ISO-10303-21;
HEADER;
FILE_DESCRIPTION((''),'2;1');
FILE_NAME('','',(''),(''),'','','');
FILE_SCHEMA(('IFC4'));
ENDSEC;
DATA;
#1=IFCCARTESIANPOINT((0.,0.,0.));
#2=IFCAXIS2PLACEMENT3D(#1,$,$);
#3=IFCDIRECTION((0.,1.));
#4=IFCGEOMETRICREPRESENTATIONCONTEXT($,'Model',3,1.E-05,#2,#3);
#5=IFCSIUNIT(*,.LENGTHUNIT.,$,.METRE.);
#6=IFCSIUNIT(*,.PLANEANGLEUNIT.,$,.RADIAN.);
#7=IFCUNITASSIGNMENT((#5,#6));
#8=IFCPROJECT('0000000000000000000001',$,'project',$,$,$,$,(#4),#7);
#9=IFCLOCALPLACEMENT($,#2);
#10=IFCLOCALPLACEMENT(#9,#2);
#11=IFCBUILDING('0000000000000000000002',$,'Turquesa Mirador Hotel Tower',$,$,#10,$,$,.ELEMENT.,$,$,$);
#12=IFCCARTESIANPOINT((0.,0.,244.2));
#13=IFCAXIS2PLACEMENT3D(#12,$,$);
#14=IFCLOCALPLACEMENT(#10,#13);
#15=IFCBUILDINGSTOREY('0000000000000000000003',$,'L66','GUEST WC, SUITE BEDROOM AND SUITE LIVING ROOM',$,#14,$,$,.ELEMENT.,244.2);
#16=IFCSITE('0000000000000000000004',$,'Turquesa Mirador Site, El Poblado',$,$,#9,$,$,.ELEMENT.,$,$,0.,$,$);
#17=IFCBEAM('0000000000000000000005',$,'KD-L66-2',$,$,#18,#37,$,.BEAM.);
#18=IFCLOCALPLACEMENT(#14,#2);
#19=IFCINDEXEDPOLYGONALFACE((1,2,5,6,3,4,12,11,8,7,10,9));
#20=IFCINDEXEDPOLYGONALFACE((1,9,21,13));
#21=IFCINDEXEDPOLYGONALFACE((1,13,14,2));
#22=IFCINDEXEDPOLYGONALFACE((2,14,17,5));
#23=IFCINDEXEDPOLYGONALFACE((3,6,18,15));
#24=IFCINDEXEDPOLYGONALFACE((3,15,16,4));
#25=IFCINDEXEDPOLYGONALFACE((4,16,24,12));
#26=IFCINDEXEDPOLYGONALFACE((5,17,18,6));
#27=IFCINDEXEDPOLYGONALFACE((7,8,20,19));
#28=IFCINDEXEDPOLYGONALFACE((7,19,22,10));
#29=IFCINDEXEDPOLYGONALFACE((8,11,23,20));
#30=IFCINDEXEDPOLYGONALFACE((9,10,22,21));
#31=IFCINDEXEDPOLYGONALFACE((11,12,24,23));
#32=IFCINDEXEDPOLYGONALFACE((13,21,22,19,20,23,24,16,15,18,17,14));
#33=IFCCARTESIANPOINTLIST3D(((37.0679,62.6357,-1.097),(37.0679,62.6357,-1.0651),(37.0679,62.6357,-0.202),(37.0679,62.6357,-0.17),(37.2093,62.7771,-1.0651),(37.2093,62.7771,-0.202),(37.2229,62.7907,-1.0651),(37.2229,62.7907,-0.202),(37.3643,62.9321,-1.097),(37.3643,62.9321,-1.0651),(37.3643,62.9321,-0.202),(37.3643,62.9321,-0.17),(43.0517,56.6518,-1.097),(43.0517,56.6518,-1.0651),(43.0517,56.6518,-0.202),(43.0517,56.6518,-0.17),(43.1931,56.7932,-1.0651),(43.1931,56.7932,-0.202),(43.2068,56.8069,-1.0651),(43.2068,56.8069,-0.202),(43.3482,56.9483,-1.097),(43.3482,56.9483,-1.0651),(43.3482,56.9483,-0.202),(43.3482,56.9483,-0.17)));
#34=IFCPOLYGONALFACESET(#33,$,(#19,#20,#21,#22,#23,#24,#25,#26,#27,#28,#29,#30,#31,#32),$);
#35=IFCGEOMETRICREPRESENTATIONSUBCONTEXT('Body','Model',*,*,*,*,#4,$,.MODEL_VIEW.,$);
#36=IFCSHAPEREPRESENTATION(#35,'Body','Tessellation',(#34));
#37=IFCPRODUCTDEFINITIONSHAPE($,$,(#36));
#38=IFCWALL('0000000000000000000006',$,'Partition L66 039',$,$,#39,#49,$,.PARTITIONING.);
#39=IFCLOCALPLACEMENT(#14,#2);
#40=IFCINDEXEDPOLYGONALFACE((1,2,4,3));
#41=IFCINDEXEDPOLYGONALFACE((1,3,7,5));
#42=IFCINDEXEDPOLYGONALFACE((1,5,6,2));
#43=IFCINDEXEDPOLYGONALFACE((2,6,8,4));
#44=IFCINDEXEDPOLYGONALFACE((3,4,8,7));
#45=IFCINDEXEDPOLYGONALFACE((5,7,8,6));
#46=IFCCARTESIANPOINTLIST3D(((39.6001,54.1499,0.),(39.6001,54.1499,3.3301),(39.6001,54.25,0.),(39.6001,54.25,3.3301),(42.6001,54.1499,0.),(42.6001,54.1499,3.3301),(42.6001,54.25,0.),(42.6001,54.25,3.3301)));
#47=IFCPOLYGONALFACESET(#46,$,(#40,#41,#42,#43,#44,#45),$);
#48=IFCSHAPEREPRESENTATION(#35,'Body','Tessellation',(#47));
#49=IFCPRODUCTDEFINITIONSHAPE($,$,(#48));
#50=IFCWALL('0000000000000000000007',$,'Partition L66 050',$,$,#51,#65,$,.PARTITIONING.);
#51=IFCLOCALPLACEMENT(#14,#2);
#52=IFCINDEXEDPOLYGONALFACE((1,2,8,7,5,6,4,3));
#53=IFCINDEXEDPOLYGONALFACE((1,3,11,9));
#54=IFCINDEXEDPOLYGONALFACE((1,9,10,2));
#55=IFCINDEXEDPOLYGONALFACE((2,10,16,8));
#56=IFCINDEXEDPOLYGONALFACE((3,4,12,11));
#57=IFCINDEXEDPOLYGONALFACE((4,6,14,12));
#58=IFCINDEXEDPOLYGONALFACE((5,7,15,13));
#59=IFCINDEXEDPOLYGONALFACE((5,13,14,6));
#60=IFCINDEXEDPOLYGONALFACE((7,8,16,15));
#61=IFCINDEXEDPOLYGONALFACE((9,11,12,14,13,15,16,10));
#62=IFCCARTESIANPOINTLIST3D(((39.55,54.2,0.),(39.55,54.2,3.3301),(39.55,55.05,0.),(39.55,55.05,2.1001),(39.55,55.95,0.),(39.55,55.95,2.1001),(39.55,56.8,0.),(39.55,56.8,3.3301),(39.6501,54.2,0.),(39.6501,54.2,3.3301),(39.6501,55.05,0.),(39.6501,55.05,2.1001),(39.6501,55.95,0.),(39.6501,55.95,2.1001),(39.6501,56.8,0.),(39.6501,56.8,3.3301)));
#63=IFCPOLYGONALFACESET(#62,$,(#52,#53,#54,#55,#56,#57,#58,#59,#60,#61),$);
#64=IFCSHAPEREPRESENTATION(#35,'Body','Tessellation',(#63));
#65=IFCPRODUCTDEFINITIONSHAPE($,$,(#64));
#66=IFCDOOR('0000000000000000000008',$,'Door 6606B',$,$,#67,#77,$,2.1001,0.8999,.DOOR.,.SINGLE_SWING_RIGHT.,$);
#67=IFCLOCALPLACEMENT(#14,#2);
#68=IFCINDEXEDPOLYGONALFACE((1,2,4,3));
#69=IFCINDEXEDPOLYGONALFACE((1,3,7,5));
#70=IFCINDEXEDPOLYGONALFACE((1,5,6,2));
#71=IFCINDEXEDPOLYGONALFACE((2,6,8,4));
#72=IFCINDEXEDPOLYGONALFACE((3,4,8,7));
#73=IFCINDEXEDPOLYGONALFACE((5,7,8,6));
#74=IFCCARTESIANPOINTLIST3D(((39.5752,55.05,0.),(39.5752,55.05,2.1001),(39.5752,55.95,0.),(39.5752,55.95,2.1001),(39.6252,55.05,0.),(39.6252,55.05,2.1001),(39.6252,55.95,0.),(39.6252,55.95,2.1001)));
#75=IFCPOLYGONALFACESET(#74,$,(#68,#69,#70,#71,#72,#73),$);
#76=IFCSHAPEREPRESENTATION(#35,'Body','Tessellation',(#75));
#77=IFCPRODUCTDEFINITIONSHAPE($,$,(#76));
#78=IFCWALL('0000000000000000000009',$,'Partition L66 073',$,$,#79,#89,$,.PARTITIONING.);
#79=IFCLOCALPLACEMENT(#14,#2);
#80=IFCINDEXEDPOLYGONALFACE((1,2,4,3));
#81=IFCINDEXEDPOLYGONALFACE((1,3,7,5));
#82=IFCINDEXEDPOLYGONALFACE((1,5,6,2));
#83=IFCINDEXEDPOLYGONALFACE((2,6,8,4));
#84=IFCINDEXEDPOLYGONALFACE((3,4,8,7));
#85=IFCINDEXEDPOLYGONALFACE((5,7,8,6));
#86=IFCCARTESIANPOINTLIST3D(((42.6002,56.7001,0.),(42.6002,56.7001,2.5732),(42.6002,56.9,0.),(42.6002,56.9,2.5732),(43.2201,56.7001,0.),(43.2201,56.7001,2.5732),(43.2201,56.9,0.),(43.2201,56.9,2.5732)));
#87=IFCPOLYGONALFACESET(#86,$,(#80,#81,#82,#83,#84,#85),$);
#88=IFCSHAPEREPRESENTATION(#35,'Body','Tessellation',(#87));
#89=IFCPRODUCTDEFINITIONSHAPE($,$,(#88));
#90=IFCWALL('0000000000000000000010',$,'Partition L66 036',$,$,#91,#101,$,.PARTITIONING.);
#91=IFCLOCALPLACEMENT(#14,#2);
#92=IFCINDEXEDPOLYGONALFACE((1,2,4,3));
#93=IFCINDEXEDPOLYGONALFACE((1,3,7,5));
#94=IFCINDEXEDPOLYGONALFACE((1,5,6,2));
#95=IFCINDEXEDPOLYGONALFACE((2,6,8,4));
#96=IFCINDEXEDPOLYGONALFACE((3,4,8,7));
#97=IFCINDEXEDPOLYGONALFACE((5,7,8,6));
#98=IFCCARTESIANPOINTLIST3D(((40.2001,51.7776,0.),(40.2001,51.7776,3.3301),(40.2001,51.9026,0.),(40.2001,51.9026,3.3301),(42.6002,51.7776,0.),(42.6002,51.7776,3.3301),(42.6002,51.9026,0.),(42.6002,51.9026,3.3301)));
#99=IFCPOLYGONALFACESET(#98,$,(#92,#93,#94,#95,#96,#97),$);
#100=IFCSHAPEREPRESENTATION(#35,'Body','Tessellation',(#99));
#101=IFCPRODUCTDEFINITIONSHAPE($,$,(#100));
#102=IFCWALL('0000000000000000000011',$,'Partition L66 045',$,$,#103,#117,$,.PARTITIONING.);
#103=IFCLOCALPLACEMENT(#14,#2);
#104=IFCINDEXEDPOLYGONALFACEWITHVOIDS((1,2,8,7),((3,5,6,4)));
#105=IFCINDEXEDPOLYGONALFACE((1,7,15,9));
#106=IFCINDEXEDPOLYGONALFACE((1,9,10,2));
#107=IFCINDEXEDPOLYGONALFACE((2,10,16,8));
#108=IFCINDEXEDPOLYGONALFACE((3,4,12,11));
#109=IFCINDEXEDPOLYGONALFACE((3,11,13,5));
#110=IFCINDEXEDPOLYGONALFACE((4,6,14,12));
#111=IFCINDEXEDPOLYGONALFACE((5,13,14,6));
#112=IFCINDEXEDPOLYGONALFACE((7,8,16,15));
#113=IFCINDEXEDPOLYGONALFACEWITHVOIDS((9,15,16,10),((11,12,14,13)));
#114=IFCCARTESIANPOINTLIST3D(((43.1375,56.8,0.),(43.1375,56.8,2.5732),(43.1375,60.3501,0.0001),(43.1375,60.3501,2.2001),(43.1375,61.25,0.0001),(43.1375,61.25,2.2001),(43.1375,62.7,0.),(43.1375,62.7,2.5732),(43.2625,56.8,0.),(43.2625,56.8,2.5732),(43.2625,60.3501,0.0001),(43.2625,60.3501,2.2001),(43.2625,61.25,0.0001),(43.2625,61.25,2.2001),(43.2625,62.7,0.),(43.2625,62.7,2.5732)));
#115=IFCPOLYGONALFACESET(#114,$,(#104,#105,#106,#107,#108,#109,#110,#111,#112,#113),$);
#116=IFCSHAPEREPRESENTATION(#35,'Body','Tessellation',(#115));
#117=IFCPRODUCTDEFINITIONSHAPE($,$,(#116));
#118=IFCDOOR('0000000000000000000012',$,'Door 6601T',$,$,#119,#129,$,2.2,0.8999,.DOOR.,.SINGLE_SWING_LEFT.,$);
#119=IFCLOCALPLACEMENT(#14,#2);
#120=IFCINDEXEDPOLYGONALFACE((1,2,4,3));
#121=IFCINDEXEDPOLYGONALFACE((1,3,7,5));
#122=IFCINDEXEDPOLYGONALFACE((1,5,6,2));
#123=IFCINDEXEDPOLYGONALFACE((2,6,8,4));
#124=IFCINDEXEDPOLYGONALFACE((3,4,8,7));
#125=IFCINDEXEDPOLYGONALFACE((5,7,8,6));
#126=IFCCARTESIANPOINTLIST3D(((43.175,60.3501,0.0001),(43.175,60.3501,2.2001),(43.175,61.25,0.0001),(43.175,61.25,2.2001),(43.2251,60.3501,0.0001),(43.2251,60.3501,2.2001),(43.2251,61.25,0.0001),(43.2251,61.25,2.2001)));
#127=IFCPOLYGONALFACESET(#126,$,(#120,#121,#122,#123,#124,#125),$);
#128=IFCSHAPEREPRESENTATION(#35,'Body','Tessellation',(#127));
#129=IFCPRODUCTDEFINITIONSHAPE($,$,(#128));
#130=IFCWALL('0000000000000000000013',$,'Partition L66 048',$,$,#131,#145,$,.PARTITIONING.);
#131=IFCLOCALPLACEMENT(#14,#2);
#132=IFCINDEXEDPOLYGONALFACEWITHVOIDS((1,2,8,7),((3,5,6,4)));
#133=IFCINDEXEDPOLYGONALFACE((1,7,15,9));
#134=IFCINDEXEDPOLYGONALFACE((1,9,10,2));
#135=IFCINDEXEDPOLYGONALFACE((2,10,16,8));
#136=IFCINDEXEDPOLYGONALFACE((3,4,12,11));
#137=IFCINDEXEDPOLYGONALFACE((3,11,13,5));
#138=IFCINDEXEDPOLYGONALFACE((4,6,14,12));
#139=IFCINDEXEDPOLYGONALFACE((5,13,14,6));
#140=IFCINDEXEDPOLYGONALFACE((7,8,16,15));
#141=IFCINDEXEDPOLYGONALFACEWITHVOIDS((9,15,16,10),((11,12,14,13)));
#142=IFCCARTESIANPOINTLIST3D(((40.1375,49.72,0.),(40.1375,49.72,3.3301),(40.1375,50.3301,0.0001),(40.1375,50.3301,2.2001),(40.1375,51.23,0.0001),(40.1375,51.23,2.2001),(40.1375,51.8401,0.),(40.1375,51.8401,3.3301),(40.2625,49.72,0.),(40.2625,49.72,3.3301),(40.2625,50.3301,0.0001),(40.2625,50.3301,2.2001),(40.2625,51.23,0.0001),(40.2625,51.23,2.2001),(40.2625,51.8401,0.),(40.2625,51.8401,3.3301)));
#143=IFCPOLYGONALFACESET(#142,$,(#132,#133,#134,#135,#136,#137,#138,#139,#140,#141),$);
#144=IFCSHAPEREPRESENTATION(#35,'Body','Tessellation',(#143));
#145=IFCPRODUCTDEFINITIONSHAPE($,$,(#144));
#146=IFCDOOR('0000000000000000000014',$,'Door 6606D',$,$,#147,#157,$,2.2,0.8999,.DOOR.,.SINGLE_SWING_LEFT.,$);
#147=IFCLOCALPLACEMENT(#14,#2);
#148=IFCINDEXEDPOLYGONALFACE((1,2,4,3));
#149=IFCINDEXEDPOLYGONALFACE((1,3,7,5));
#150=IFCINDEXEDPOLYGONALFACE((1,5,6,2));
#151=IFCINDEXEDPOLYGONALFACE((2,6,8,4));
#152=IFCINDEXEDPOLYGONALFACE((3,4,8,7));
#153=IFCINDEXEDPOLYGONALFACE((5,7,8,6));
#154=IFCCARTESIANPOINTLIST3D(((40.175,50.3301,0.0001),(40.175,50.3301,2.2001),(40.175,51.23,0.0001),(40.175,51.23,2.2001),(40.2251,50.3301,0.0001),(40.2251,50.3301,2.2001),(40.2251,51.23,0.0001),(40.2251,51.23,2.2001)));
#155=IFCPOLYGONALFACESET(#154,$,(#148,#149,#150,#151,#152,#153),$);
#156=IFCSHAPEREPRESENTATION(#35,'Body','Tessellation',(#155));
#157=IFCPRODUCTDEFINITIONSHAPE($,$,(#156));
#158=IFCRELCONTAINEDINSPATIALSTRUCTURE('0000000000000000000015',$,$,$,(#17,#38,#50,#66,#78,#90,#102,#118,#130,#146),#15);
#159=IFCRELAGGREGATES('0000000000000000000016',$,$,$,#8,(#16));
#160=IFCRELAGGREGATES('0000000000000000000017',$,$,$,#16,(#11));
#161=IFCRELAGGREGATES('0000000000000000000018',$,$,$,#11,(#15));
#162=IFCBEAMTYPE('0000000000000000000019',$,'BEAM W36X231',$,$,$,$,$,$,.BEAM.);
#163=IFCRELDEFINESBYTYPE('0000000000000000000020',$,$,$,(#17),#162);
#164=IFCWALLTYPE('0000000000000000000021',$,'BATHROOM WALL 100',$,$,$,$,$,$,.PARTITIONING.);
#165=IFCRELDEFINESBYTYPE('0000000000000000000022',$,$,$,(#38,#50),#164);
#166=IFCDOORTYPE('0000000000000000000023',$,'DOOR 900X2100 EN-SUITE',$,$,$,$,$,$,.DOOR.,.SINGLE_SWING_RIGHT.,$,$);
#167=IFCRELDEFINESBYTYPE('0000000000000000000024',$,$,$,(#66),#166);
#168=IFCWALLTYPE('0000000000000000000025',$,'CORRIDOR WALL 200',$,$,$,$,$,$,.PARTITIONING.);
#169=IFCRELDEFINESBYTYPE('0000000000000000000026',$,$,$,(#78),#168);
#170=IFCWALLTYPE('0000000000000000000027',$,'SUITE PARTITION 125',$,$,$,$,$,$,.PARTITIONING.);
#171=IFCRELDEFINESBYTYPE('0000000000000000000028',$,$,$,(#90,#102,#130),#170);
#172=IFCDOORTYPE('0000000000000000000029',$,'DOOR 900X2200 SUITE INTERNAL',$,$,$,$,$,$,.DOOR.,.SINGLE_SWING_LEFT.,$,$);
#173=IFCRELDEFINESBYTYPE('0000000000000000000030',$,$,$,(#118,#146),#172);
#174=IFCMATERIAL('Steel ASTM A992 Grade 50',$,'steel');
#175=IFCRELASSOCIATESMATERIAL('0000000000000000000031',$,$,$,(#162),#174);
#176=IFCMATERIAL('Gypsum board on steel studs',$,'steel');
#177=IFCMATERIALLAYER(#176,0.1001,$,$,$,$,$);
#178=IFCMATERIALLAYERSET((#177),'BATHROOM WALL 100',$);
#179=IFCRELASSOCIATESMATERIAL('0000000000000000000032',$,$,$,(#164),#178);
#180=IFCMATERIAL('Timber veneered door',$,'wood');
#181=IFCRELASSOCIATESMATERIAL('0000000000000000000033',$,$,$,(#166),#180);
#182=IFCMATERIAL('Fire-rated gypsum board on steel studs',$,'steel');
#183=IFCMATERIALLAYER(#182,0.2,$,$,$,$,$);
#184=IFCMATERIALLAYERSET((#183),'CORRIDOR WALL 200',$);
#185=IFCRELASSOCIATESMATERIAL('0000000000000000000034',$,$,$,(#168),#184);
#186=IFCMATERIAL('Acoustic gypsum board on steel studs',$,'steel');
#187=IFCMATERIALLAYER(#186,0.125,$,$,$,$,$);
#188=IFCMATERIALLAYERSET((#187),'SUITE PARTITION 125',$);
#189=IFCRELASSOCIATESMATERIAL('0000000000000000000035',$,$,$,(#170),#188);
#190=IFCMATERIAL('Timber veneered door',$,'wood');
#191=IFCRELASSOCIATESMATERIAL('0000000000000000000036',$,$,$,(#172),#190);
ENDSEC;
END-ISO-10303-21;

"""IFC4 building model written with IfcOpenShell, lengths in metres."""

from ifc_helpers import new_model, si_unit, direction, frame, frame_2d, origin, origin_2d, place, context, subcontext, project, spatial, rectangle, i_section, extrude, material, layer, layer_set, material_profile, profile_set, type_object, element, fill, save


model = new_model("IFC4")

# Units and contexts
model_context = context("Model", 3, precision=1e-05, world=origin(), true_north=direction((0.0, 1.0)))
body_context = subcontext(model_context, "Body", "Model", "MODEL_VIEW")
ifc_project = project(units=[si_unit("LENGTHUNIT", "METRE"), si_unit("PLANEANGLEUNIT", "RADIAN")], contexts=[model_context])

# Site, building, storey
site_placement = place(None, origin())
site = spatial("IfcSite", under=ifc_project, at=site_placement, Name="Turquesa Mirador Site, El Poblado", CompositionType="ELEMENT", RefElevation=0.0)
building_placement = place(site_placement, origin())
building = spatial("IfcBuilding", under=site, at=building_placement, Name="Turquesa Mirador Hotel Tower", CompositionType="ELEMENT")
storey_placement = place(building_placement, frame((0.0, 0.0, 244.2)))
storey = spatial("IfcBuildingStorey", under=building, at=storey_placement, Name="L66", Description="GUEST WC, SUITE BEDROOM AND SUITE LIVING ROOM", CompositionType="ELEMENT", Elevation=244.2)

# Beam
ifc_material_1 = material(Name="Steel ASTM A992 Grade 50", Category="steel")
ifc_material_profile_1 = material_profile(ifc_material_1, i_section(OverallWidth=0.4192, OverallDepth=0.927, WebThickness=0.0193, FlangeThickness=0.032, at=origin_2d()), Name="W36X231")
ifc_profile_set_1 = profile_set([ifc_material_profile_1], Name="Steel ASTM A992 Grade 50")
beam_type_1 = type_object("IfcBeamType", Name="BEAM W36X231", PredefinedType="BEAM", material=ifc_profile_set_1)
beam_1_placement = place(storey_placement, frame((43.2, 56.8, -0.6335), z_axis=(-0.707107, 0.707107, 0.0), x_axis=(-0.707107, -0.707107, 0.0)))
element("IfcBeam", 1, at=beam_1_placement, inside=storey, type_object=beam_type_1, Name="KD-L66-2", PredefinedType="BEAM", context=body_context, shape_type="SweptSolid", body=[
    extrude(i_section(OverallWidth=0.4192, OverallDepth=0.927, WebThickness=0.0193, FlangeThickness=0.032, at=origin_2d()), origin(), (0.0, 0.0, 1.0), 8.4624),
])

# Wall
ifc_material_2 = material(Name="Gypsum board on steel studs", Category="steel")
ifc_layer_1 = layer(ifc_material_2, 0.1001)
ifc_layer_set_1 = layer_set([ifc_layer_1], Name="BATHROOM WALL 100")
wall_type_1 = type_object("IfcWallType", Name="BATHROOM WALL 100", PredefinedType="PARTITIONING", material=ifc_layer_set_1)
wall_1_placement = place(storey_placement, frame((39.6001, 54.2, 0.0), z_axis=(0.0, 0.0, 1.0), x_axis=(1.0, 0.0, 0.0)))
element("IfcWall", 2, at=wall_1_placement, inside=storey, type_object=wall_type_1, Name="Partition L66 039", PredefinedType="PARTITIONING", context=body_context, shape_type="SweptSolid", body=[
    extrude(rectangle(XDim=3.0, YDim=0.1001, at=frame_2d((1.5, 0.0))), origin(), (0.0, 0.0, 1.0), 3.3301),
])

# Wall, opening, door
wall_2_placement = place(storey_placement, frame((39.6001, 54.2, 0.0), z_axis=(0.0, 0.0, 1.0), x_axis=(0.0, 1.0, 0.0)))
wall_2 = element("IfcWall", 3, at=wall_2_placement, inside=storey, type_object=wall_type_1, Name="Partition L66 050", PredefinedType="PARTITIONING", context=body_context, shape_type="SweptSolid", body=[
    extrude(rectangle(XDim=2.6001, YDim=0.1001, at=frame_2d((1.3, 0.0))), origin(), (0.0, 0.0, 1.0), 3.3301),
])
opening_1_placement = place(wall_2_placement, frame((0.8501, 0.0, 0.0)))
opening_1 = element("IfcOpeningElement", 4, at=opening_1_placement, cuts=wall_2, PredefinedType="OPENING", context=body_context, shape_type="SweptSolid", body=[
    extrude(rectangle(XDim=0.8999, YDim=2.1001, at=frame_2d((0.45, 1.05))), frame((0.0, 0.0601, 0.0), z_axis=(0.0, -1.0, 0.0), x_axis=(1.0, 0.0, 0.0)), (0.0, 0.0, 1.0), 0.1201),
])
ifc_material_3 = material(Name="Timber veneered door", Category="wood")
door_type_1 = type_object("IfcDoorType", Name="DOOR 900X2100 EN-SUITE", OperationType="SINGLE_SWING_RIGHT", PredefinedType="DOOR", material=ifc_material_3)
door_1_placement = place(opening_1_placement, origin())
door_1 = element("IfcDoor", 5, at=door_1_placement, inside=storey, type_object=door_type_1, Name="Door 6606B", OperationType="SINGLE_SWING_RIGHT", OverallHeight=2.1001, OverallWidth=0.8999, PredefinedType="DOOR", context=body_context, shape_type="SweptSolid", body=[
    extrude(rectangle(XDim=0.8999, YDim=2.1001, at=frame_2d((0.45, 1.05))), frame((0.0, 0.0249, 0.0), z_axis=(0.0, -1.0, 0.0), x_axis=(1.0, 0.0, 0.0)), (0.0, 0.0, 1.0), 0.05),
])
fill(opening_1, door_1)

# Walls
ifc_material_4 = material(Name="Fire-rated gypsum board on steel studs", Category="steel")
ifc_layer_2 = layer(ifc_material_4, 0.2)
ifc_layer_set_2 = layer_set([ifc_layer_2], Name="CORRIDOR WALL 200")
wall_type_2 = type_object("IfcWallType", Name="CORRIDOR WALL 200", PredefinedType="PARTITIONING", material=ifc_layer_set_2)
wall_3_placement = place(storey_placement, frame((42.6001, 56.8, 0.0), z_axis=(0.0, 0.0, 1.0), x_axis=(1.0, 0.0, 0.0)))
element("IfcWall", 6, at=wall_3_placement, inside=storey, type_object=wall_type_2, Name="Partition L66 073", PredefinedType="PARTITIONING", context=body_context, shape_type="SweptSolid", body=[
    extrude(rectangle(XDim=0.6199, YDim=0.2, at=frame_2d((0.3101, 0.0))), origin(), (0.0, 0.0, 1.0), 2.5732),
])
ifc_material_5 = material(Name="Acoustic gypsum board on steel studs", Category="steel")
ifc_layer_3 = layer(ifc_material_5, 0.125)
ifc_layer_set_3 = layer_set([ifc_layer_3], Name="SUITE PARTITION 125")
wall_type_3 = type_object("IfcWallType", Name="SUITE PARTITION 125", PredefinedType="PARTITIONING", material=ifc_layer_set_3)
wall_4_placement = place(storey_placement, frame((40.2, 51.8401, 0.0), z_axis=(0.0, 0.0, 1.0), x_axis=(1.0, 0.0, 0.0)))
element("IfcWall", 7, at=wall_4_placement, inside=storey, type_object=wall_type_3, Name="Partition L66 036", PredefinedType="PARTITIONING", context=body_context, shape_type="SweptSolid", body=[
    extrude(rectangle(XDim=2.4001, YDim=0.125, at=frame_2d((1.2002, 0.0))), origin(), (0.0, 0.0, 1.0), 3.3301),
])

# Walls, openings, doors
wall_5_placement = place(storey_placement, frame((43.2, 56.8, 0.0), z_axis=(0.0, 0.0, 1.0), x_axis=(0.0, 1.0, 0.0)))
wall_5 = element("IfcWall", 8, at=wall_5_placement, inside=storey, type_object=wall_type_3, Name="Partition L66 045", PredefinedType="PARTITIONING", context=body_context, shape_type="SweptSolid", body=[
    extrude(rectangle(XDim=5.8999, YDim=0.125, at=frame_2d((2.95, 0.0))), origin(), (0.0, 0.0, 1.0), 2.5732),
])
opening_2_placement = place(wall_5_placement, frame((3.55, 0.0, 0.0)))
opening_2 = element("IfcOpeningElement", 9, at=opening_2_placement, cuts=wall_5, PredefinedType="OPENING", context=body_context, shape_type="SweptSolid", body=[
    extrude(rectangle(XDim=0.8999, YDim=2.2, at=frame_2d((0.45, 1.1001))), frame((0.0, 0.0725, 0.0), z_axis=(0.0, -1.0, 0.0), x_axis=(1.0, 0.0, 0.0)), (0.0, 0.0, 1.0), 0.145),
])
ifc_material_6 = material(Name="Timber veneered door", Category="wood")
door_type_2 = type_object("IfcDoorType", Name="DOOR 900X2200 SUITE INTERNAL", OperationType="SINGLE_SWING_LEFT", PredefinedType="DOOR", material=ifc_material_6)
door_2_placement = place(opening_2_placement, origin())
door_2 = element("IfcDoor", 10, at=door_2_placement, inside=storey, type_object=door_type_2, Name="Door 6601T", OperationType="SINGLE_SWING_LEFT", OverallHeight=2.2, OverallWidth=0.8999, PredefinedType="DOOR", context=body_context, shape_type="SweptSolid", body=[
    extrude(rectangle(XDim=0.8999, YDim=2.2, at=frame_2d((0.45, 1.1001))), frame((0.0, 0.0249, 0.0), z_axis=(0.0, -1.0, 0.0), x_axis=(1.0, 0.0, 0.0)), (0.0, 0.0, 1.0), 0.05),
])
fill(opening_2, door_2)
wall_6_placement = place(storey_placement, frame((40.2, 49.72, 0.0), z_axis=(0.0, 0.0, 1.0), x_axis=(0.0, 1.0, 0.0)))
wall_6 = element("IfcWall", 11, at=wall_6_placement, inside=storey, type_object=wall_type_3, Name="Partition L66 048", PredefinedType="PARTITIONING", context=body_context, shape_type="SweptSolid", body=[
    extrude(rectangle(XDim=2.1201, YDim=0.125, at=frame_2d((1.0601, 0.0))), origin(), (0.0, 0.0, 1.0), 3.3301),
])
opening_3_placement = place(wall_6_placement, frame((0.6101, 0.0, 0.0)))
opening_3 = element("IfcOpeningElement", 12, at=opening_3_placement, cuts=wall_6, PredefinedType="OPENING", context=body_context, shape_type="SweptSolid", body=[
    extrude(rectangle(XDim=0.8999, YDim=2.2, at=frame_2d((0.45, 1.1001))), frame((0.0, 0.0725, 0.0), z_axis=(0.0, -1.0, 0.0), x_axis=(1.0, 0.0, 0.0)), (0.0, 0.0, 1.0), 0.145),
])
door_3_placement = place(opening_3_placement, origin())
door_3 = element("IfcDoor", 13, at=door_3_placement, inside=storey, type_object=door_type_2, Name="Door 6606D", OperationType="SINGLE_SWING_LEFT", OverallHeight=2.2, OverallWidth=0.8999, PredefinedType="DOOR", context=body_context, shape_type="SweptSolid", body=[
    extrude(rectangle(XDim=0.8999, YDim=2.2, at=frame_2d((0.45, 1.1001))), frame((0.0, 0.0249, 0.0), z_axis=(0.0, -1.0, 0.0), x_axis=(1.0, 0.0, 0.0)), (0.0, 0.0, 1.0), 0.05),
])
fill(opening_3, door_3)

save(model, "model.ifc")
